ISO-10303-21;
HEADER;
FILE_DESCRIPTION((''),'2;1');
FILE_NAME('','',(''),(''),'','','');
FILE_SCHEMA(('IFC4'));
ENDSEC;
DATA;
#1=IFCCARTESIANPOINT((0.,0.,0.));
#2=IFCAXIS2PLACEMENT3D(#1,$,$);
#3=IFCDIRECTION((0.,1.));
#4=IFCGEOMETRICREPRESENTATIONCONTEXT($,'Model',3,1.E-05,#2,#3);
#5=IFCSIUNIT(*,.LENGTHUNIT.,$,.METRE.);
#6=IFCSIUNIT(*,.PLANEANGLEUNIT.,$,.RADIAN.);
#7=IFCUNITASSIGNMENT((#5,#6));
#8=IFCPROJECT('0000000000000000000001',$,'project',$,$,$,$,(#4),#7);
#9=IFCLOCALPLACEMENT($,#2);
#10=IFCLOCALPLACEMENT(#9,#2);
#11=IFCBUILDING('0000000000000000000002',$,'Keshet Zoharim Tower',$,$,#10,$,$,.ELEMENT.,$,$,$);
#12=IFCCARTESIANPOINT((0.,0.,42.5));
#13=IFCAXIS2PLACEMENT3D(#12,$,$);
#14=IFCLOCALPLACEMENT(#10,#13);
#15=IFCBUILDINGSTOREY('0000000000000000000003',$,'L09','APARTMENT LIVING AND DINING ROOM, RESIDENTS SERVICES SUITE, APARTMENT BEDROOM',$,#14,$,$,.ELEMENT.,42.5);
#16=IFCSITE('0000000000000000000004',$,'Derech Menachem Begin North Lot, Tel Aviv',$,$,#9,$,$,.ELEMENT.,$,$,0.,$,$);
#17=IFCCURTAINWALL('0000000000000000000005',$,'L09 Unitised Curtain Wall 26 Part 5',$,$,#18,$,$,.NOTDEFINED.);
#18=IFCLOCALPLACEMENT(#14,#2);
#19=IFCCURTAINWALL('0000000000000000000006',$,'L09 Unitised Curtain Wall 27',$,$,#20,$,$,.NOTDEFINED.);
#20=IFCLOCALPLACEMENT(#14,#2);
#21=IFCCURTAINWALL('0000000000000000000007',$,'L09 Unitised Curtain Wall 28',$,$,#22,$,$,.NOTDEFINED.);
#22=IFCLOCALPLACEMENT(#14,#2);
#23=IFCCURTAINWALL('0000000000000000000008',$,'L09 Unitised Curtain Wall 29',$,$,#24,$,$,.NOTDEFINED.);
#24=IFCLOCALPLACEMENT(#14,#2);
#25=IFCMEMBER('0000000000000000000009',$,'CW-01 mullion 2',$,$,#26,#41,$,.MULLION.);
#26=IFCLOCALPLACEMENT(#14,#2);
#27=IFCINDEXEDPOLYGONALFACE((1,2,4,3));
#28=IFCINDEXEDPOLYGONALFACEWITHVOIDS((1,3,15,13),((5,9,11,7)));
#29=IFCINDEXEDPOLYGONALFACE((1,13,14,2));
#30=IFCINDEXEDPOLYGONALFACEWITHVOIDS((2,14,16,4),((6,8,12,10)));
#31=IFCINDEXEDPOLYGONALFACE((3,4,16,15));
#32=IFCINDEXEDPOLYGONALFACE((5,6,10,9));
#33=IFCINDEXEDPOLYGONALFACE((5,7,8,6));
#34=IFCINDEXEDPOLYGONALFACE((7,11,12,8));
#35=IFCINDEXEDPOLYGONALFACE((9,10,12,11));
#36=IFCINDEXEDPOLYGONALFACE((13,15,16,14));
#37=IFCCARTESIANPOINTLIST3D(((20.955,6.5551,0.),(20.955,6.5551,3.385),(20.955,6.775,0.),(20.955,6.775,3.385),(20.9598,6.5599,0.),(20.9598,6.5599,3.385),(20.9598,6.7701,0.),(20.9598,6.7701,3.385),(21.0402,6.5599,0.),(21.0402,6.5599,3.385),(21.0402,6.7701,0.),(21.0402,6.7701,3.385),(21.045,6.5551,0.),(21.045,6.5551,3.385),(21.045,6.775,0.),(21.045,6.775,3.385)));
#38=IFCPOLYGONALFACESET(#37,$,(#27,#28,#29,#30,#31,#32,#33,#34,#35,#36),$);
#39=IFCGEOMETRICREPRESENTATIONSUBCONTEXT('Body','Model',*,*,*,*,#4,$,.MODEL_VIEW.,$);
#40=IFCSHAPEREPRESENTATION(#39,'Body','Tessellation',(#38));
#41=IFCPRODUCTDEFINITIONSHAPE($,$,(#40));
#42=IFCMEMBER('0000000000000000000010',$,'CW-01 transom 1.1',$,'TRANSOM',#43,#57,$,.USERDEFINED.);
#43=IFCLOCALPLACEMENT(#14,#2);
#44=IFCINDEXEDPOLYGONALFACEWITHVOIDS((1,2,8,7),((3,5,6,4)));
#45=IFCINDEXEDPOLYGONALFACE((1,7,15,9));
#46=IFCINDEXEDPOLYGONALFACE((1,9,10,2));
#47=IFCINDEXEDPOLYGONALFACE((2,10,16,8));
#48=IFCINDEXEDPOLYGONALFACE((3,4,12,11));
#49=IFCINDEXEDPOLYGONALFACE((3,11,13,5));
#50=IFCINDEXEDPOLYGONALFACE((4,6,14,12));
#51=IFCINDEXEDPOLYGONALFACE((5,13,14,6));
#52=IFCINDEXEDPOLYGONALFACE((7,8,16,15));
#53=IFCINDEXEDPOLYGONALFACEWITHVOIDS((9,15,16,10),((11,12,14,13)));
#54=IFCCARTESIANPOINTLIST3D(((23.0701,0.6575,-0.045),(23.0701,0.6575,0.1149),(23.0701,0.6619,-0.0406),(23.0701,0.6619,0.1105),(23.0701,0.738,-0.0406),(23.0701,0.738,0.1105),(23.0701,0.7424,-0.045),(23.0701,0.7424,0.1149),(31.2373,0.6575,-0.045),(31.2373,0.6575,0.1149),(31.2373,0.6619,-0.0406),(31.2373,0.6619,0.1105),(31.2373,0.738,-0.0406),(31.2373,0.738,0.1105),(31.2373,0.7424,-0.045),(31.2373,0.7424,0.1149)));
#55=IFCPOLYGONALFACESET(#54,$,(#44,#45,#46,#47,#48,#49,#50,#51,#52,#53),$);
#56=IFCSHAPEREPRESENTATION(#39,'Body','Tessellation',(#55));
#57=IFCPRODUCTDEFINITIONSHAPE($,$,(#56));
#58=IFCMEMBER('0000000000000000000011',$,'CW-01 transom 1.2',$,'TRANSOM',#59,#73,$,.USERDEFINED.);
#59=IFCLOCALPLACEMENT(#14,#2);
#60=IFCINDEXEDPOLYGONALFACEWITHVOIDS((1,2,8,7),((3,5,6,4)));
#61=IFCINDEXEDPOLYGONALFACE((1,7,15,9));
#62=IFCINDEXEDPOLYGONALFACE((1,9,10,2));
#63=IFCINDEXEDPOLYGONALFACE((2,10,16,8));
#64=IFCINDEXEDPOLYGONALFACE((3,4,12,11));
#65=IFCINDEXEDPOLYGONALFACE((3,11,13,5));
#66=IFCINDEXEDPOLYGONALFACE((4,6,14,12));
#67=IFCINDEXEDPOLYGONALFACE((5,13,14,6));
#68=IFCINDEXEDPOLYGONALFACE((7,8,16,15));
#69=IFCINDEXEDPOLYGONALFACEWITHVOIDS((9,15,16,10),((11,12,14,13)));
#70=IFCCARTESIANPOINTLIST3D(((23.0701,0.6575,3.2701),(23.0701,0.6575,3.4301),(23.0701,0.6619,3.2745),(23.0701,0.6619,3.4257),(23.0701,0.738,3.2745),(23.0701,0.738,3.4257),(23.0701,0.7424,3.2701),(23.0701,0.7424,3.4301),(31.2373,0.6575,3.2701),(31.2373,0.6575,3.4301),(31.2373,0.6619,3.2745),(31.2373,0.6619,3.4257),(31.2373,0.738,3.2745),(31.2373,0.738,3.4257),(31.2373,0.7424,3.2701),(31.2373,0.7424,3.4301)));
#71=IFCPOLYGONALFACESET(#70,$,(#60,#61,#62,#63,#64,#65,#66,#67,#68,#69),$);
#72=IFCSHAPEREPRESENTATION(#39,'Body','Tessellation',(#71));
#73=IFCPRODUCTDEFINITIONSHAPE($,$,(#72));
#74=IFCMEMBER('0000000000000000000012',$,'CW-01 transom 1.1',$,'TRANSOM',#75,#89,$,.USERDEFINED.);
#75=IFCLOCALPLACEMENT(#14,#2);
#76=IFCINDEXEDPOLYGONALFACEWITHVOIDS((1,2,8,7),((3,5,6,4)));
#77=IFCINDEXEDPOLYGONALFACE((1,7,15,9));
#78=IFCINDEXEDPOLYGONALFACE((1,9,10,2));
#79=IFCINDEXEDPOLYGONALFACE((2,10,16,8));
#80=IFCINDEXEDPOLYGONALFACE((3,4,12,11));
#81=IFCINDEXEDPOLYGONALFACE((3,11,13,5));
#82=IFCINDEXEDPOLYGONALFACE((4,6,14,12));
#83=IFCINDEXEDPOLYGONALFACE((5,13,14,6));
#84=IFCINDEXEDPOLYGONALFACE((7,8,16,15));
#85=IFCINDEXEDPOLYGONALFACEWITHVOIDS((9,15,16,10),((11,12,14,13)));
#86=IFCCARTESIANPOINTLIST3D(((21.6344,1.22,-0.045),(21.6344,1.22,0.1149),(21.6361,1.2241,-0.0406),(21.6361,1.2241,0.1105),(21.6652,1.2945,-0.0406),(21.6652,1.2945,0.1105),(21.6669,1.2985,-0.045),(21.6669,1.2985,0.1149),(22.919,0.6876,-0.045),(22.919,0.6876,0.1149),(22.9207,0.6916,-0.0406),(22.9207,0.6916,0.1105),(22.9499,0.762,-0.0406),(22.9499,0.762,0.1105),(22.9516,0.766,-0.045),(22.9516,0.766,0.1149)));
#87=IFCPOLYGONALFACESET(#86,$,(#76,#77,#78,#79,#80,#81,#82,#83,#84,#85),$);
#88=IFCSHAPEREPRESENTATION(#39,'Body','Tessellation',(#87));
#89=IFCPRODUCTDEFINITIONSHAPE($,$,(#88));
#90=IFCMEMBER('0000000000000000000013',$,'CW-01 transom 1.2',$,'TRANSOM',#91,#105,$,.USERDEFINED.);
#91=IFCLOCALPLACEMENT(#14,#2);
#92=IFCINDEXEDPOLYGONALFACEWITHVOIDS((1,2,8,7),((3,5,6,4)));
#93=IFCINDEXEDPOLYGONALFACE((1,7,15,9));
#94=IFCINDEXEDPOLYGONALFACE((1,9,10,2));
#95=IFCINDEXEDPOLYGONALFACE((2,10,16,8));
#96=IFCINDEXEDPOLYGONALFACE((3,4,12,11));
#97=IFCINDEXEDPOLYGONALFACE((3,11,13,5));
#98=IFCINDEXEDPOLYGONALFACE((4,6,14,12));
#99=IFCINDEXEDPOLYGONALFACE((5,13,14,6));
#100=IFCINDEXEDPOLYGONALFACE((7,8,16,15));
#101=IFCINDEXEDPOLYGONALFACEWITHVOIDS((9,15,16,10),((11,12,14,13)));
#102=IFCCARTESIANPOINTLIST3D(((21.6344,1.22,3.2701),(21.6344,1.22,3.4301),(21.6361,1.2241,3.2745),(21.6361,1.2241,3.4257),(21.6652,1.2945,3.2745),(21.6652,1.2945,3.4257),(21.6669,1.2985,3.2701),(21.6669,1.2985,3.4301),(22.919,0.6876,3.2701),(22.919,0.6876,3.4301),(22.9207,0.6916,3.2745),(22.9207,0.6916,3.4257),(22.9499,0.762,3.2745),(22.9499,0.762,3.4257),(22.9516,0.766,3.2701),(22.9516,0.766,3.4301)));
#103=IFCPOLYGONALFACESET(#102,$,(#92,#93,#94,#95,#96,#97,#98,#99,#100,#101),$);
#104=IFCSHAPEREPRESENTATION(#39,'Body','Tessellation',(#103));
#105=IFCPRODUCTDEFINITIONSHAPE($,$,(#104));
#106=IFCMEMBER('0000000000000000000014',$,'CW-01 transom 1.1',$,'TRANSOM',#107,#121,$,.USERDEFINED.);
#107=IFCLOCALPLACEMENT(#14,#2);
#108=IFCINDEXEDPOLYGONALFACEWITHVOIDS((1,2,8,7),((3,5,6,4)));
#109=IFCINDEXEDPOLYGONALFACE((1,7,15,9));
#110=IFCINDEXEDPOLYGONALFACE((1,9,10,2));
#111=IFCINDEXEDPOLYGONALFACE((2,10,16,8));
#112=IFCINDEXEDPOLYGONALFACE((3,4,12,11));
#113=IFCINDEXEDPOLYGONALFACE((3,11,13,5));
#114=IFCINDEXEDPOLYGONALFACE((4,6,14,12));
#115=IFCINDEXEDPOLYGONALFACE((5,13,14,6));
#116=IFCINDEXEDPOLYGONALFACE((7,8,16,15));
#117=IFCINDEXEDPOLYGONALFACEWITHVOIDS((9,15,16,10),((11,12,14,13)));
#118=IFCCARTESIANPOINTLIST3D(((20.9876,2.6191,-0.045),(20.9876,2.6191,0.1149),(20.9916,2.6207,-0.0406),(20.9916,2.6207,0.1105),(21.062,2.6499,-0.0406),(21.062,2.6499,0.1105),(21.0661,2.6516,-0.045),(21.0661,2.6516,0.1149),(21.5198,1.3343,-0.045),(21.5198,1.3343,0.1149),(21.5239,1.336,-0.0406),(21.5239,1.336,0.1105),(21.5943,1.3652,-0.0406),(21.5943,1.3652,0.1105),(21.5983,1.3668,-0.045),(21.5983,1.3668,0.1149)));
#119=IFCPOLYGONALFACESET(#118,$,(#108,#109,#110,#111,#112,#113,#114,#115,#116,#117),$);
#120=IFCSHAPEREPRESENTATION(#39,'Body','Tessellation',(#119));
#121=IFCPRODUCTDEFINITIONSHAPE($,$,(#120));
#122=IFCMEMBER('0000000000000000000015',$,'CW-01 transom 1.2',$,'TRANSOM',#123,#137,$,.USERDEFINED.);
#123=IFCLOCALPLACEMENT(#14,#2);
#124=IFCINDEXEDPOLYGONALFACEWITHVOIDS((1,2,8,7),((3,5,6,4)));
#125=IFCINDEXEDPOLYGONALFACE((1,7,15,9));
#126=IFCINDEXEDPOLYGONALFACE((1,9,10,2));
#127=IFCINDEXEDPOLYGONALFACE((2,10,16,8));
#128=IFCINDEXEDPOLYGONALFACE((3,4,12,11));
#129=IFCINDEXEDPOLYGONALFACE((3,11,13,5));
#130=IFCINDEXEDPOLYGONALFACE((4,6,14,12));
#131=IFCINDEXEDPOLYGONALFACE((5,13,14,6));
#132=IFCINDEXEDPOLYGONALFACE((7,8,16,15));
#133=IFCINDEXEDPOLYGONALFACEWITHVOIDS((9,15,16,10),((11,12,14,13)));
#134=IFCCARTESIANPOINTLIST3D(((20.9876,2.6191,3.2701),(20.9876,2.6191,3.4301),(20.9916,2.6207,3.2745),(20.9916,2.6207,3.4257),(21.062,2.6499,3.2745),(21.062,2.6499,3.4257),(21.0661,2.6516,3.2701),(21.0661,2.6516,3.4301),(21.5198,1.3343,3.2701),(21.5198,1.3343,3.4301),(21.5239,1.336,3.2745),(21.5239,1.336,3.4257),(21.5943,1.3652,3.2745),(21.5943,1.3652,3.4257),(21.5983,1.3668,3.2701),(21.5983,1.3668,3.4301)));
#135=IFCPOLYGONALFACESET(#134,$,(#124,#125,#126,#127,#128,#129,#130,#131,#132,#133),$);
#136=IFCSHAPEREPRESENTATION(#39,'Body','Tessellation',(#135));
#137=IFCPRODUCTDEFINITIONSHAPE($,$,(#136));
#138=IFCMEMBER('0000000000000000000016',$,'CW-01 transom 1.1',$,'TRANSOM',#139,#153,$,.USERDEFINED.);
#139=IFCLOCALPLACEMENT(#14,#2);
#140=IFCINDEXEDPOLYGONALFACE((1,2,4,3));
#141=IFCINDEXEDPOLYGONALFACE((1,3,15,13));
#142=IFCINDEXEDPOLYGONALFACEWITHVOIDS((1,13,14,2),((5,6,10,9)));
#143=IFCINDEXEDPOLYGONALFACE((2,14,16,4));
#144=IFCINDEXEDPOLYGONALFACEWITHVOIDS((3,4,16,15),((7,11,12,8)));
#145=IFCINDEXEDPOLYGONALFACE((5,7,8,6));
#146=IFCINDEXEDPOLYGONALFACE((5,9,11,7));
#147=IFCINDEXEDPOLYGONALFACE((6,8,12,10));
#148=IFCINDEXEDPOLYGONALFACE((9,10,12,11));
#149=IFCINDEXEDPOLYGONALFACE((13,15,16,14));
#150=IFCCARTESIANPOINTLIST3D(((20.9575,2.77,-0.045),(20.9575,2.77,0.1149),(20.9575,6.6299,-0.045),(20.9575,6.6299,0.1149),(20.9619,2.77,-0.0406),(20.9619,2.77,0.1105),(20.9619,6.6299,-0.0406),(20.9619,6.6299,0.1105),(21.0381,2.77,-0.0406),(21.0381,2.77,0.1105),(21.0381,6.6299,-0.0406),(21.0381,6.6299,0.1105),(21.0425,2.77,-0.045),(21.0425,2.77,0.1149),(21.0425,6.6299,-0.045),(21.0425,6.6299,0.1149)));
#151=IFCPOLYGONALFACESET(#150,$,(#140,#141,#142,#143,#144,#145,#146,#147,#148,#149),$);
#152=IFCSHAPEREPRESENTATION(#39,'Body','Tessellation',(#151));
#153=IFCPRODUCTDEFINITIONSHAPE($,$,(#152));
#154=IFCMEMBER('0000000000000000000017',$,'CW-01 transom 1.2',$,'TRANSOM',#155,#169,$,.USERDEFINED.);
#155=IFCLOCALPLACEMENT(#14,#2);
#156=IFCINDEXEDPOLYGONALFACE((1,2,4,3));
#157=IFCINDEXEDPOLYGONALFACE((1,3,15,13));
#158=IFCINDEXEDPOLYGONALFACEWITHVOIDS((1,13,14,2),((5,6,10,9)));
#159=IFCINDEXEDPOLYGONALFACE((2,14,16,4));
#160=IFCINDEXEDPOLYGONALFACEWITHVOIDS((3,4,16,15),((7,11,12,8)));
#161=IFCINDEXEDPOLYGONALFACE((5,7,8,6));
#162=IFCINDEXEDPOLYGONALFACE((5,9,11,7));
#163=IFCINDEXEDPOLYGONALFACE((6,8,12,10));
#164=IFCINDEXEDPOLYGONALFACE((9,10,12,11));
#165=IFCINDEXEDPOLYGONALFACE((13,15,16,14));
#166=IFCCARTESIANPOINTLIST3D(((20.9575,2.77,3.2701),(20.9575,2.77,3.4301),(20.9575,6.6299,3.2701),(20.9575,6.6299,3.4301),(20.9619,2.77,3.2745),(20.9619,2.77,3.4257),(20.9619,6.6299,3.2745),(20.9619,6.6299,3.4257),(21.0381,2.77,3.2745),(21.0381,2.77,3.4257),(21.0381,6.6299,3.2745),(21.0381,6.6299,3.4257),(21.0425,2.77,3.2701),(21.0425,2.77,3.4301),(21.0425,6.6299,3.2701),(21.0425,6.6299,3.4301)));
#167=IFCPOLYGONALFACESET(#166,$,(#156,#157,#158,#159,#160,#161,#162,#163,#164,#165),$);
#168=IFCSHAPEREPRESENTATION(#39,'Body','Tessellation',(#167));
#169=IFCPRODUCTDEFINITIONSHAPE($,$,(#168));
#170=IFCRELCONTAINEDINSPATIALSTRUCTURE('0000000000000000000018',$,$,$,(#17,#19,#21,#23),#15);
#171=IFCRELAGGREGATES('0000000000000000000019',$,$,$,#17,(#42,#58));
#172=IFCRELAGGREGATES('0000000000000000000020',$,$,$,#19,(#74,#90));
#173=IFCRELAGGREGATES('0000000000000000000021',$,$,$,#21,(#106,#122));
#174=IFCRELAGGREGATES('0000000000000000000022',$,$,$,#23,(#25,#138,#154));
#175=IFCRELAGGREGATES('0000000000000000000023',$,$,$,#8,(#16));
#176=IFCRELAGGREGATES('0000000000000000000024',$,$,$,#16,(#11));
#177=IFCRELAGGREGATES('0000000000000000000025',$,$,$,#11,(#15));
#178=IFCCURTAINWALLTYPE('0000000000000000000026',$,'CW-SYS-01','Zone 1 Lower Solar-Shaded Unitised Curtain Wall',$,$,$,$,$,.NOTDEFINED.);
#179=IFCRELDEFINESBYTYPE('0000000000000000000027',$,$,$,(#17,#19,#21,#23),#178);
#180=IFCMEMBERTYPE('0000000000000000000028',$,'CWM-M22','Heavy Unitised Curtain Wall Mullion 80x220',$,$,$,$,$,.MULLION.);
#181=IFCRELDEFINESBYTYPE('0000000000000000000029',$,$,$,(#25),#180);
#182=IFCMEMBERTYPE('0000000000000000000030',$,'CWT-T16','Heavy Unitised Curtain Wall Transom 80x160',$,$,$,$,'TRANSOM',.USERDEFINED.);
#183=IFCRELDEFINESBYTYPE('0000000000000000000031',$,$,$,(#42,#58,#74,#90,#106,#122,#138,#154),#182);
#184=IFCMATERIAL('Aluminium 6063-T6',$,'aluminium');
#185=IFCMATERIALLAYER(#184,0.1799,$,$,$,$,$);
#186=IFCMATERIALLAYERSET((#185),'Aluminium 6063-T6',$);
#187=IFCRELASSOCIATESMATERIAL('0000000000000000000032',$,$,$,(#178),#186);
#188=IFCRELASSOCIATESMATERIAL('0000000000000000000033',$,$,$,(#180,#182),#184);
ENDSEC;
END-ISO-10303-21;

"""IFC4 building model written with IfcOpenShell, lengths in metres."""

from ifc_helpers import new_model, si_unit, direction, frame, origin, origin_2d, place, context, subcontext, project, spatial, hollow_rectangle, extrude, material, layer, layer_set, material_profile, profile_set, type_object, element, aggregate, save


model = new_model("IFC4")

# Units and contexts
model_context = context("Model", 3, precision=1e-05, world=origin(), true_north=direction((0.0, 1.0)))
body_context = subcontext(model_context, "Body", "Model", "MODEL_VIEW")
ifc_project = project(units=[si_unit("LENGTHUNIT", "METRE"), si_unit("PLANEANGLEUNIT", "RADIAN")], contexts=[model_context])

# Site, building, storey
site_placement = place(None, origin())
site = spatial("IfcSite", under=ifc_project, at=site_placement, Name="Derech Menachem Begin North Lot, Tel Aviv", CompositionType="ELEMENT", RefElevation=0.0)
building_placement = place(site_placement, origin())
building = spatial("IfcBuilding", under=site, at=building_placement, Name="Keshet Zoharim Tower", CompositionType="ELEMENT")
storey_placement = place(building_placement, frame((0.0, 0.0, 42.5)))
storey = spatial("IfcBuildingStorey", under=building, at=storey_placement, Name="L09", Description="APARTMENT LIVING AND DINING ROOM, RESIDENTS SERVICES SUITE, APARTMENT BEDROOM", CompositionType="ELEMENT", Elevation=42.5)

# Curtain wall
ifc_material_1 = material(Name="Aluminium 6063-T6", Category="aluminium")
ifc_layer_1 = layer(ifc_material_1, 0.1799)
ifc_layer_set_1 = layer_set([ifc_layer_1], Name="Aluminium 6063-T6")
curtain_wall_type = type_object("IfcCurtainWallType", Name="CW-SYS-01", Description="Zone 1 Lower Solar-Shaded Unitised Curtain Wall", PredefinedType="NOTDEFINED", material=ifc_layer_set_1)
ifc_material_profile_1 = material_profile(ifc_material_1, hollow_rectangle(XDim=0.0901, YDim=0.22, WallThickness=0.0049, at=origin_2d()), Name="MUL-90x220")
ifc_profile_set_1 = profile_set([ifc_material_profile_1], Name="Aluminium 6063-T6")
member_type_1 = type_object("IfcMemberType", Name="CWM-M22", Description="Heavy Unitised Curtain Wall Mullion 80x220", PredefinedType="MULLION", material=ifc_profile_set_1)
curtain_wall_1_placement = place(storey_placement, origin())
curtain_wall_1 = element("IfcCurtainWall", 1, at=curtain_wall_1_placement, inside=storey, type_object=curtain_wall_type, Name="L09 Unitised Curtain Wall 26 Part 5", PredefinedType="NOTDEFINED")

# Curtain walls
curtain_wall_2_placement = place(storey_placement, origin())
curtain_wall_2 = element("IfcCurtainWall", 2, at=curtain_wall_2_placement, inside=storey, type_object=curtain_wall_type, Name="L09 Unitised Curtain Wall 27", PredefinedType="NOTDEFINED")
curtain_wall_3_placement = place(storey_placement, origin())
curtain_wall_3 = element("IfcCurtainWall", 3, at=curtain_wall_3_placement, inside=storey, type_object=curtain_wall_type, Name="L09 Unitised Curtain Wall 28", PredefinedType="NOTDEFINED")

# Curtain wall, member
curtain_wall_4_placement = place(storey_placement, origin())
curtain_wall_4 = element("IfcCurtainWall", 4, at=curtain_wall_4_placement, inside=storey, type_object=curtain_wall_type, Name="L09 Unitised Curtain Wall 29", PredefinedType="NOTDEFINED")
member_1_placement = place(storey_placement, frame((21.0, 6.665, 0.0), z_axis=(0.0, 0.0, 1.0), x_axis=(-1.0, 0.0, 0.0)))
member_1 = element("IfcMember", 5, at=member_1_placement, type_object=member_type_1, Name="CW-01 mullion 2", PredefinedType="MULLION", context=body_context, shape_type="SweptSolid", body=[
    extrude(hollow_rectangle(XDim=0.0901, YDim=0.22, WallThickness=0.0049, at=origin_2d()), origin(), (0.0, 0.0, 1.0), 3.385),
])

# Members
ifc_material_profile_2 = material_profile(ifc_material_1, hollow_rectangle(XDim=0.085, YDim=0.1599, WallThickness=0.0044, at=origin_2d()), Name="TRN-85x160")
ifc_profile_set_2 = profile_set([ifc_material_profile_2], Name="Aluminium 6063-T6")
member_type_2 = type_object("IfcMemberType", Name="CWT-T16", Description="Heavy Unitised Curtain Wall Transom 80x160", ElementType="TRANSOM", PredefinedType="USERDEFINED", material=ifc_profile_set_2)
member_2_placement = place(storey_placement, frame((31.2373, 0.7, 0.0349), z_axis=(-1.0, 0.0, 0.0), x_axis=(0.0, -1.0, 0.0)))
member_2 = element("IfcMember", 6, at=member_2_placement, type_object=member_type_2, Name="CW-01 transom 1.1", ObjectType="TRANSOM", PredefinedType="USERDEFINED", context=body_context, shape_type="SweptSolid", body=[
    extrude(hollow_rectangle(XDim=0.085, YDim=0.1599, WallThickness=0.0044, at=origin_2d()), origin(), (0.0, 0.0, 1.0), 8.1672),
])
member_3_placement = place(storey_placement, frame((31.2373, 0.7, 3.3501), z_axis=(-1.0, 0.0, 0.0), x_axis=(0.0, -1.0, 0.0)))
member_3 = element("IfcMember", 7, at=member_3_placement, type_object=member_type_2, Name="CW-01 transom 1.2", ObjectType="TRANSOM", PredefinedType="USERDEFINED", context=body_context, shape_type="SweptSolid", body=[
    extrude(hollow_rectangle(XDim=0.085, YDim=0.1599, WallThickness=0.0044, at=origin_2d()), origin(), (0.0, 0.0, 1.0), 8.1672),
])
member_4_placement = place(storey_placement, frame((22.9353, 0.7268, 0.0349), z_axis=(-0.923792, 0.382894, 0.0), x_axis=(-0.382894, -0.923792, 0.0)))
member_4 = element("IfcMember", 8, at=member_4_placement, type_object=member_type_2, Name="CW-01 transom 1.1", ObjectType="TRANSOM", PredefinedType="USERDEFINED", context=body_context, shape_type="SweptSolid", body=[
    extrude(hollow_rectangle(XDim=0.085, YDim=0.1599, WallThickness=0.0044, at=origin_2d()), origin(), (0.0, 0.0, 1.0), 1.3906),
])
member_5_placement = place(storey_placement, frame((22.9353, 0.7268, 3.3501), z_axis=(-0.923792, 0.382894, 0.0), x_axis=(-0.382894, -0.923792, 0.0)))
member_5 = element("IfcMember", 9, at=member_5_placement, type_object=member_type_2, Name="CW-01 transom 1.2", ObjectType="TRANSOM", PredefinedType="USERDEFINED", context=body_context, shape_type="SweptSolid", body=[
    extrude(hollow_rectangle(XDim=0.085, YDim=0.1599, WallThickness=0.0044, at=origin_2d()), origin(), (0.0, 0.0, 1.0), 1.3906),
])
member_6_placement = place(storey_placement, frame((21.5591, 1.3506, 0.0349), z_axis=(-0.382745, 0.923854, 0.0), x_axis=(-0.923854, -0.382745, 0.0)))
member_6 = element("IfcMember", 10, at=member_6_placement, type_object=member_type_2, Name="CW-01 transom 1.1", ObjectType="TRANSOM", PredefinedType="USERDEFINED", context=body_context, shape_type="SweptSolid", body=[
    extrude(hollow_rectangle(XDim=0.085, YDim=0.1599, WallThickness=0.0044, at=origin_2d()), origin(), (0.0, 0.0, 1.0), 1.3906),
])
member_7_placement = place(storey_placement, frame((21.5591, 1.3506, 3.3501), z_axis=(-0.382745, 0.923854, 0.0), x_axis=(-0.923854, -0.382745, 0.0)))
member_7 = element("IfcMember", 11, at=member_7_placement, type_object=member_type_2, Name="CW-01 transom 1.2", ObjectType="TRANSOM", PredefinedType="USERDEFINED", context=body_context, shape_type="SweptSolid", body=[
    extrude(hollow_rectangle(XDim=0.085, YDim=0.1599, WallThickness=0.0044, at=origin_2d()), origin(), (0.0, 0.0, 1.0), 1.3906),
])
member_8_placement = place(storey_placement, frame((21.0, 2.77, 0.0349), z_axis=(0.0, 1.0, 0.0), x_axis=(-1.0, 0.0, 0.0)))
member_8 = element("IfcMember", 12, at=member_8_placement, type_object=member_type_2, Name="CW-01 transom 1.1", ObjectType="TRANSOM", PredefinedType="USERDEFINED", context=body_context, shape_type="SweptSolid", body=[
    extrude(hollow_rectangle(XDim=0.085, YDim=0.1599, WallThickness=0.0044, at=origin_2d()), origin(), (0.0, 0.0, 1.0), 3.8599),
])
member_9_placement = place(storey_placement, frame((21.0, 2.77, 3.3501), z_axis=(0.0, 1.0, 0.0), x_axis=(-1.0, 0.0, 0.0)))
member_9 = element("IfcMember", 13, at=member_9_placement, type_object=member_type_2, Name="CW-01 transom 1.2", ObjectType="TRANSOM", PredefinedType="USERDEFINED", context=body_context, shape_type="SweptSolid", body=[
    extrude(hollow_rectangle(XDim=0.085, YDim=0.1599, WallThickness=0.0044, at=origin_2d()), origin(), (0.0, 0.0, 1.0), 3.8599),
])

aggregate(curtain_wall_1, [member_2, member_3])
aggregate(curtain_wall_2, [member_4, member_5])
aggregate(curtain_wall_3, [member_6, member_7])
aggregate(curtain_wall_4, [member_1, member_8, member_9])

save(model, "model.ifc")
